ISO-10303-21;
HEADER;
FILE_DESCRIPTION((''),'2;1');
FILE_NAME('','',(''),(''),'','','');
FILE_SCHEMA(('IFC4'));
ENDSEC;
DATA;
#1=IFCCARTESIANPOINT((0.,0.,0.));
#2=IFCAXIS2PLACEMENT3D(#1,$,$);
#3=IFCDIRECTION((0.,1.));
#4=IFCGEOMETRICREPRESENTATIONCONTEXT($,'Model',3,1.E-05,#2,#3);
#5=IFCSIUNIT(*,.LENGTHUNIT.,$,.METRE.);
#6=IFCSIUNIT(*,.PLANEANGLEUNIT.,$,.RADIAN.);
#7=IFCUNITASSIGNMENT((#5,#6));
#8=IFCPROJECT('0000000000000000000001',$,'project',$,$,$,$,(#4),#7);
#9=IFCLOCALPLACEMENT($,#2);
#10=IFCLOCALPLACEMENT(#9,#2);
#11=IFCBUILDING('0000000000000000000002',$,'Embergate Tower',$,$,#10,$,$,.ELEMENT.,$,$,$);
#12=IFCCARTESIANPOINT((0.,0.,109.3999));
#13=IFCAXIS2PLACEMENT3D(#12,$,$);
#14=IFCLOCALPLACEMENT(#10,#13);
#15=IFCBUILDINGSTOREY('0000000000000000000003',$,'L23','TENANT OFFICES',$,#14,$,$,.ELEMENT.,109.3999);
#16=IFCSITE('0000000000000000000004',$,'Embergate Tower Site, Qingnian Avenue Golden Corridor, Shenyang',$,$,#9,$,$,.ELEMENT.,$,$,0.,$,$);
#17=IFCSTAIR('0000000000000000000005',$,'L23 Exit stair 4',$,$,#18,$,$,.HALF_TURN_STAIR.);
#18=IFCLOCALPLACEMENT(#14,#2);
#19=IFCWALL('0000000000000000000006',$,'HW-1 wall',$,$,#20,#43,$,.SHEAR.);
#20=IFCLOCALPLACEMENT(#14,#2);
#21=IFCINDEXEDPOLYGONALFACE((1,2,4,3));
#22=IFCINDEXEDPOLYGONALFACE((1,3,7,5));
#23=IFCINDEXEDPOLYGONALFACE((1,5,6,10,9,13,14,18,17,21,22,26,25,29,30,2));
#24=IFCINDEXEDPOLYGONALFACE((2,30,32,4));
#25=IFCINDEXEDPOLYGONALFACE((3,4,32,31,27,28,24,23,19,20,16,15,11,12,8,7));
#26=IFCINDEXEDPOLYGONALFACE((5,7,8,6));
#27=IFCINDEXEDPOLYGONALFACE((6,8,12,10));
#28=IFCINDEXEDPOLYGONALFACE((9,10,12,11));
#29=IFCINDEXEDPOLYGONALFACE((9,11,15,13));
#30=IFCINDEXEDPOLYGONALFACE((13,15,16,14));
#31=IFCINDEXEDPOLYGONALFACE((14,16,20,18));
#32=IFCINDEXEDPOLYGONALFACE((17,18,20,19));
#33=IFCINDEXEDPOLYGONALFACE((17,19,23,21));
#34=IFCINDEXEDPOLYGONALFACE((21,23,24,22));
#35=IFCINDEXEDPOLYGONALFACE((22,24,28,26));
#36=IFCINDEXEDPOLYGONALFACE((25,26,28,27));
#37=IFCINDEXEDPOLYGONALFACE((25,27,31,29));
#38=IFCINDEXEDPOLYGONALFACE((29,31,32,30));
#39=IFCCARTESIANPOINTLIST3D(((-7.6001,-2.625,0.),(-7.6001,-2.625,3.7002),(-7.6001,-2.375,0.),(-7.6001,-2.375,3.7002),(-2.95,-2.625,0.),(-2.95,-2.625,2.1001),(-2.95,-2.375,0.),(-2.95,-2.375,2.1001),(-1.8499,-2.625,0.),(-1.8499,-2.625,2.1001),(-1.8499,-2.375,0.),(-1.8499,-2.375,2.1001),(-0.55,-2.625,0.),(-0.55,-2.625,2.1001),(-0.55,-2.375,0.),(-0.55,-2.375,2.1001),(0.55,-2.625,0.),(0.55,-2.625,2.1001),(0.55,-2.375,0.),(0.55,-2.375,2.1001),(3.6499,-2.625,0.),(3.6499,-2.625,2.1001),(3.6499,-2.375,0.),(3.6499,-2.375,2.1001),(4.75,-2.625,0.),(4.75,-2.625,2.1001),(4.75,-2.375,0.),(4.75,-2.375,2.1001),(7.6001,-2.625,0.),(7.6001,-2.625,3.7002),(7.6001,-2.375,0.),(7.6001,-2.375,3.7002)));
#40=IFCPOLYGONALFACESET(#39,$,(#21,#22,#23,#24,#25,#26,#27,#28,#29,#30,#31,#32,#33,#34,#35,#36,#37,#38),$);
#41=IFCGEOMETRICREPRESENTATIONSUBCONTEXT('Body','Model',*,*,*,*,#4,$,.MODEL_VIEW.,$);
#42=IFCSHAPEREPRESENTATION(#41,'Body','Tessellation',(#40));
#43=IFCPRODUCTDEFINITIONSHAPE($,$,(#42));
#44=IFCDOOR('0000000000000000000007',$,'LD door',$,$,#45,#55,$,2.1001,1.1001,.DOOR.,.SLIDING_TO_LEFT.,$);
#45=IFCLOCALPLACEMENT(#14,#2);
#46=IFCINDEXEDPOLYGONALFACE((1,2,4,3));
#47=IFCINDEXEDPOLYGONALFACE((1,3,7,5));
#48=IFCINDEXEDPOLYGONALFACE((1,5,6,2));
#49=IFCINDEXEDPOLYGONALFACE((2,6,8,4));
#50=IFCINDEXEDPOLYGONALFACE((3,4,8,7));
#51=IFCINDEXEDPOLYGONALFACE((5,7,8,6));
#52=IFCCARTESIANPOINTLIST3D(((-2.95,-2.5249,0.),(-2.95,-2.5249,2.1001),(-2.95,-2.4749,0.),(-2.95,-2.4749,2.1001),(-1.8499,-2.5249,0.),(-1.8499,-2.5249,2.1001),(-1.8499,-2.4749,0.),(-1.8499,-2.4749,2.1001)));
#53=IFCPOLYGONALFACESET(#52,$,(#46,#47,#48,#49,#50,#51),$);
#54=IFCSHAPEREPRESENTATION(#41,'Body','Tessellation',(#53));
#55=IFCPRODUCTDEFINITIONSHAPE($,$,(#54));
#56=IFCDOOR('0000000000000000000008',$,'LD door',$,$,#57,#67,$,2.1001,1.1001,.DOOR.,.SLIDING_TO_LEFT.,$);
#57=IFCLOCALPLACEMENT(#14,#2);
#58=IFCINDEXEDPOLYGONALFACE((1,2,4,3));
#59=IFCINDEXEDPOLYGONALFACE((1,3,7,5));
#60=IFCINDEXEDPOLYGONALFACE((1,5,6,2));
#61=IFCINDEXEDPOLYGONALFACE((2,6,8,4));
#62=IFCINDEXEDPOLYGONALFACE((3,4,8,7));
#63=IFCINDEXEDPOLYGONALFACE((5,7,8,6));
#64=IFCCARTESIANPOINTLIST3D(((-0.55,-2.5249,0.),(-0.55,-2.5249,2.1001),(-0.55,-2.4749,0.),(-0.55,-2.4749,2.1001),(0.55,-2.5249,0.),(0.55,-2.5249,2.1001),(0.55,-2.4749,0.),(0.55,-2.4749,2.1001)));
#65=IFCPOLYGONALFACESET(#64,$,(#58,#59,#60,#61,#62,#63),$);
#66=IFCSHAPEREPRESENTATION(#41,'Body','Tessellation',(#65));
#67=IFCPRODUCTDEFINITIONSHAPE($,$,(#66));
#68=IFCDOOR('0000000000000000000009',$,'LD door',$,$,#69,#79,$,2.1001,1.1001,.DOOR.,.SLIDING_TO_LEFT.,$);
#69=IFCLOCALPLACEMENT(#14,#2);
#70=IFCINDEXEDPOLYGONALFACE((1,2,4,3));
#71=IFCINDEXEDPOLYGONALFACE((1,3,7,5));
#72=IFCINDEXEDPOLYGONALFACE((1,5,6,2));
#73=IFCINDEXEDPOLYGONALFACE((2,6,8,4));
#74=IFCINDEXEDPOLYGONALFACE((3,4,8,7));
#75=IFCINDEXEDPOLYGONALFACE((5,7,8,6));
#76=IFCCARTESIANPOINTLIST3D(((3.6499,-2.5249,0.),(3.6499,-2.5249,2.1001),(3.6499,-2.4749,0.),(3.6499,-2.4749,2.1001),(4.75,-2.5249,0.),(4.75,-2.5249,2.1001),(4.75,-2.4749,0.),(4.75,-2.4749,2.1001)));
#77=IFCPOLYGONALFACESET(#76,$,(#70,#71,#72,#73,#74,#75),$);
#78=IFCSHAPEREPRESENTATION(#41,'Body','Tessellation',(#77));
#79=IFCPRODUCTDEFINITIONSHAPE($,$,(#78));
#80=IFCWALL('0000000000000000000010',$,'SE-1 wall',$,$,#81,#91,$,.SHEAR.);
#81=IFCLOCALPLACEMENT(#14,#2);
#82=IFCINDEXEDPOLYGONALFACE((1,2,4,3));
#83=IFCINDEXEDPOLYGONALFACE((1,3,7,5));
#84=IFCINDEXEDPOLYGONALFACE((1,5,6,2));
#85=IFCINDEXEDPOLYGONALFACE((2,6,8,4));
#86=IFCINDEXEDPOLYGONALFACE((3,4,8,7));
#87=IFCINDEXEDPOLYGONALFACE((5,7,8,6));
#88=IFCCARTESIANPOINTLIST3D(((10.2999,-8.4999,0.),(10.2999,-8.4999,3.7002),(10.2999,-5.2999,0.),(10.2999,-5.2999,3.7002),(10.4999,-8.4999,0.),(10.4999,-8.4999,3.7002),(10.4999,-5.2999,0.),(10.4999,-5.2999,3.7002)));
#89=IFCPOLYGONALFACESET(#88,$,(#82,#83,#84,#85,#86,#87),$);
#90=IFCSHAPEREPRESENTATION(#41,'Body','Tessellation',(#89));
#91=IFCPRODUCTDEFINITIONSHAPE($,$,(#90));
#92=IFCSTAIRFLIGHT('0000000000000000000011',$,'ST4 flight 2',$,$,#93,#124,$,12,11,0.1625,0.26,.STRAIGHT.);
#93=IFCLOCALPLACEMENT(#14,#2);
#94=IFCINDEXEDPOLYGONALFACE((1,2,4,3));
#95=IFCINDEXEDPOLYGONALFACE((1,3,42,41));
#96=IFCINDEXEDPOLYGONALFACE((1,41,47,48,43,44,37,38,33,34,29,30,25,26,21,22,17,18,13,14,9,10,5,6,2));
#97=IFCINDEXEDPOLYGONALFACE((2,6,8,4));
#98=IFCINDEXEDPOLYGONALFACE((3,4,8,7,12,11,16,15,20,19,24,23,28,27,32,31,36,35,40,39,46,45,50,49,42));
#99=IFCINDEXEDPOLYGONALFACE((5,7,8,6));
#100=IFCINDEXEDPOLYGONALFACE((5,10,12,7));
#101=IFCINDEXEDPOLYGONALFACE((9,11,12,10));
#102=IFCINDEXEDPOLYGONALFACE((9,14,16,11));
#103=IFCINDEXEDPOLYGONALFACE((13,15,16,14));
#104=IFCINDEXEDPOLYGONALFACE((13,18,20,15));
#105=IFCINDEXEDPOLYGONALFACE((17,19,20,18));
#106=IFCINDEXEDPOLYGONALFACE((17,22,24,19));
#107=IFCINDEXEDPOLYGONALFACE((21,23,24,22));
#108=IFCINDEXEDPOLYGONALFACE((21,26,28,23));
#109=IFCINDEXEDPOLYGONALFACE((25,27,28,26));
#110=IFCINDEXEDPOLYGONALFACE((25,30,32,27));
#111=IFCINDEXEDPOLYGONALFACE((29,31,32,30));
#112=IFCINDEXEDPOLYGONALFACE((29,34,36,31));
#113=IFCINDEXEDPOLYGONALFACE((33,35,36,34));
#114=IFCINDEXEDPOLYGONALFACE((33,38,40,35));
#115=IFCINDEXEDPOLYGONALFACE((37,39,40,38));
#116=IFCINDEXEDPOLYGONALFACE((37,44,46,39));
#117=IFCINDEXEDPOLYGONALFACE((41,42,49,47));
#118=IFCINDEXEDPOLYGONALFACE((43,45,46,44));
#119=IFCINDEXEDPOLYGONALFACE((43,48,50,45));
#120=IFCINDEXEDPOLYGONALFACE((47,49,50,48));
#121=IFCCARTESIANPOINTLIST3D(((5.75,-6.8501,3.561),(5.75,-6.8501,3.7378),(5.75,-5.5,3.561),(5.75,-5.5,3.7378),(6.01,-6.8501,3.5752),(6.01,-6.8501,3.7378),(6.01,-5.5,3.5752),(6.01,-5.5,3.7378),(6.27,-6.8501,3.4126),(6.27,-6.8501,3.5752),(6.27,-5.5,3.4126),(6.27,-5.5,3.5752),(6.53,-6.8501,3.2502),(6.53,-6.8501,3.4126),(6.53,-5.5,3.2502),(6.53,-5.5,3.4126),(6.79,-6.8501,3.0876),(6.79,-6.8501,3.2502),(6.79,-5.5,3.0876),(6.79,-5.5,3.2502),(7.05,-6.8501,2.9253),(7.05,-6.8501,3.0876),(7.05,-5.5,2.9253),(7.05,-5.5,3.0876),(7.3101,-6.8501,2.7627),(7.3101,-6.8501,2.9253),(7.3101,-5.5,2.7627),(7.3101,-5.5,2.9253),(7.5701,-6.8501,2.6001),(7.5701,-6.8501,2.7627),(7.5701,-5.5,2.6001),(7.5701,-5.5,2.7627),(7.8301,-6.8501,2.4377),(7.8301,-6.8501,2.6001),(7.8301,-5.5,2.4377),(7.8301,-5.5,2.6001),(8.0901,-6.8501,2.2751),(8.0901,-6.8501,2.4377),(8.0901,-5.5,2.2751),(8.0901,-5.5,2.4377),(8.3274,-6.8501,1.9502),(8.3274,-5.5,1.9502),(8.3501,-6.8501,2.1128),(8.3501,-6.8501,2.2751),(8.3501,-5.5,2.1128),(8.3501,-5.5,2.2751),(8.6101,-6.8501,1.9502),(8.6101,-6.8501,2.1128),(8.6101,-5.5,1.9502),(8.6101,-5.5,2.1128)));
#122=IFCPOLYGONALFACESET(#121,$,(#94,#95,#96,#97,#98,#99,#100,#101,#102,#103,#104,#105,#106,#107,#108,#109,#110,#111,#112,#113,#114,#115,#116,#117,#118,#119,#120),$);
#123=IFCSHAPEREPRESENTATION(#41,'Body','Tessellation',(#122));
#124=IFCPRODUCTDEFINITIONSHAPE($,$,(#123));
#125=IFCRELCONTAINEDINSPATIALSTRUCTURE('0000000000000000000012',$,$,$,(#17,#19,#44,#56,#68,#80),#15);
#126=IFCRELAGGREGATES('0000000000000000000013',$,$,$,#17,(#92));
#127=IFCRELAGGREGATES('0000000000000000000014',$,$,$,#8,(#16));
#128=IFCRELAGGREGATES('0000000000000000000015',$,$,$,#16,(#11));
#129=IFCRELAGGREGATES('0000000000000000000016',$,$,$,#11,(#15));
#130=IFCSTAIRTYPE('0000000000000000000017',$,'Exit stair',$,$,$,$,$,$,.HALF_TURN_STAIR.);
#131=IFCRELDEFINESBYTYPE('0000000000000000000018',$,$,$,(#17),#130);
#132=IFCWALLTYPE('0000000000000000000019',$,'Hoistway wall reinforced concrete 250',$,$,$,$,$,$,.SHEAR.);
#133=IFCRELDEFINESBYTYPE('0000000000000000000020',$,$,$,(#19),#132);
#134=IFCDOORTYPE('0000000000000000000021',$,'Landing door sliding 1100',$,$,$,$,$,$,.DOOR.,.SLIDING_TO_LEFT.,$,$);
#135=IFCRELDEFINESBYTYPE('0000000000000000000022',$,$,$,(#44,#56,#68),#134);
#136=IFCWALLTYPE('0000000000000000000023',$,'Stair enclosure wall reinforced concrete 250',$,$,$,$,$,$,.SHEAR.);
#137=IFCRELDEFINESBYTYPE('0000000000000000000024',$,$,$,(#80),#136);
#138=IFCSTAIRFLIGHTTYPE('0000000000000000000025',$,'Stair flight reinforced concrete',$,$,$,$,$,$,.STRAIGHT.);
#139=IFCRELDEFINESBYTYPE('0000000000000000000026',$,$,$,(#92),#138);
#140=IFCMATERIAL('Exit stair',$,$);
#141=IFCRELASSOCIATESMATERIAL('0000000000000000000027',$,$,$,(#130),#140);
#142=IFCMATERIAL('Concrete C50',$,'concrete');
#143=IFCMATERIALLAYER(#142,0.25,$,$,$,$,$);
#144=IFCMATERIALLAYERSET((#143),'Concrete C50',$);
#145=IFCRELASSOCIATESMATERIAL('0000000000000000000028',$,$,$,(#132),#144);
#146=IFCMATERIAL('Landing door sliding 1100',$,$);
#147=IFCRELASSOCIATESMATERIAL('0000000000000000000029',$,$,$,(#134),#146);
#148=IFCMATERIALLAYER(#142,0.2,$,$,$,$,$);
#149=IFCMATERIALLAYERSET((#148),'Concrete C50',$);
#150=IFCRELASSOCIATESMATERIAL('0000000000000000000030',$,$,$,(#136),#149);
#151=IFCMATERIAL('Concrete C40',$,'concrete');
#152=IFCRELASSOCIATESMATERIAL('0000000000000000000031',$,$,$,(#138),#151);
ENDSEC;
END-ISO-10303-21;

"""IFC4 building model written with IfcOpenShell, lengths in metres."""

from ifc_helpers import new_model, si_unit, direction, frame, frame_2d, origin, place, context, subcontext, project, spatial, polyline, rectangle, outline, extrude, source, transform, mapped, material, layer, layer_set, type_object, element, fill, aggregate, save


model = new_model("IFC4")

# Units and contexts
model_context = context("Model", 3, precision=1e-05, world=origin(), true_north=direction((0.0, 1.0)))
body_context = subcontext(model_context, "Body", "Model", "MODEL_VIEW")
ifc_project = project(units=[si_unit("LENGTHUNIT", "METRE"), si_unit("PLANEANGLEUNIT", "RADIAN")], contexts=[model_context])

# Site, building, storey
site_placement = place(None, origin())
site = spatial("IfcSite", under=ifc_project, at=site_placement, Name="Embergate Tower Site, Qingnian Avenue Golden Corridor, Shenyang", CompositionType="ELEMENT", RefElevation=0.0)
building_placement = place(site_placement, origin())
building = spatial("IfcBuilding", under=site, at=building_placement, Name="Embergate Tower", CompositionType="ELEMENT")
storey_placement = place(building_placement, frame((0.0, 0.0, 109.3999)))
storey = spatial("IfcBuildingStorey", under=building, at=storey_placement, Name="L23", Description="TENANT OFFICES", CompositionType="ELEMENT", Elevation=109.3999)

# Stair
ifc_material_1 = material(Name="Exit stair")
stair_type = type_object("IfcStairType", Name="Exit stair", PredefinedType="HALF_TURN_STAIR", material=ifc_material_1)
stair_placement = place(storey_placement, origin())
stair = element("IfcStair", 1, at=stair_placement, inside=storey, type_object=stair_type, Name="L23 Exit stair 4", PredefinedType="HALF_TURN_STAIR")
ifc_material_2 = material(Name="Concrete C40", Category="concrete")

# Shared definitions
ifc_material_3 = material(Name="Concrete C50", Category="concrete")
ifc_layer_1 = layer(ifc_material_3, 0.25)
ifc_layer_set_1 = layer_set([ifc_layer_1], Name="Concrete C50")
wall_type_1 = type_object("IfcWallType", Name="Hoistway wall reinforced concrete 250", PredefinedType="SHEAR", material=ifc_layer_set_1)

# Wall, openings, doors
shared_shape_1 = source(origin(), body_context, "Body", "SweptSolid", [
    extrude(rectangle(XDim=15.2002, YDim=0.25, at=frame_2d((7.6001, 0.0))), origin(), (0.0, 0.0, 1.0), 3.7002),
])
wall_1_placement = place(storey_placement, frame((7.6001, -2.5, 0.0), z_axis=(0.0, 0.0, 1.0), x_axis=(-1.0, 0.0, 0.0)))
wall_1 = element("IfcWall", 2, at=wall_1_placement, inside=storey, type_object=wall_type_1, Name="HW-1 wall", PredefinedType="SHEAR", context=body_context, shape_type="MappedRepresentation", body=[
    mapped(shared_shape_1, transform((0.0, 0.0, 0.0))),
])
shared_shape_2 = source(origin(), body_context, "Body", "SweptSolid", [
    extrude(rectangle(XDim=1.1001, YDim=2.1001, at=frame_2d((0.55, 1.05))), frame((0.0, 0.135, 0.0), z_axis=(0.0, -1.0, 0.0), x_axis=(1.0, 0.0, 0.0)), (0.0, 0.0, 1.0), 0.27),
])
opening_1_placement = place(wall_1_placement, frame((9.45, 0.0, 0.0)))
opening_1 = element("IfcOpeningElement", 3, at=opening_1_placement, cuts=wall_1, PredefinedType="OPENING", context=body_context, shape_type="MappedRepresentation", body=[
    mapped(shared_shape_2, transform((0.0, 0.0, 0.0))),
])
opening_2_placement = place(wall_1_placement, frame((7.05, 0.0, 0.0)))
opening_2 = element("IfcOpeningElement", 4, at=opening_2_placement, cuts=wall_1, PredefinedType="OPENING", context=body_context, shape_type="MappedRepresentation", body=[
    mapped(shared_shape_2, transform((0.0, 0.0, 0.0))),
])
opening_3_placement = place(wall_1_placement, frame((2.8501, 0.0, 0.0)))
opening_3 = element("IfcOpeningElement", 5, at=opening_3_placement, cuts=wall_1, PredefinedType="OPENING", context=body_context, shape_type="MappedRepresentation", body=[
    mapped(shared_shape_2, transform((0.0, 0.0, 0.0))),
])
ifc_material_4 = material(Name="Landing door sliding 1100")
door_type_1 = type_object("IfcDoorType", Name="Landing door sliding 1100", OperationType="SLIDING_TO_LEFT", PredefinedType="DOOR", material=ifc_material_4)
shared_shape_3 = source(origin(), body_context, "Body", "SweptSolid", [
    extrude(rectangle(XDim=1.1001, YDim=2.1001, at=frame_2d((0.55, 1.05))), frame((0.0, 0.0249, 0.0), z_axis=(0.0, -1.0, 0.0), x_axis=(1.0, 0.0, 0.0)), (0.0, 0.0, 1.0), 0.05),
])
door_1_placement = place(opening_1_placement, origin())
door_1 = element("IfcDoor", 6, at=door_1_placement, inside=storey, type_object=door_type_1, Name="LD door", OperationType="SLIDING_TO_LEFT", OverallHeight=2.1001, OverallWidth=1.1001, PredefinedType="DOOR", context=body_context, shape_type="MappedRepresentation", body=[
    mapped(shared_shape_3, transform((0.0, 0.0, 0.0))),
])
fill(opening_1, door_1)
door_2_placement = place(opening_2_placement, origin())
door_2 = element("IfcDoor", 7, at=door_2_placement, inside=storey, type_object=door_type_1, Name="LD door", OperationType="SLIDING_TO_LEFT", OverallHeight=2.1001, OverallWidth=1.1001, PredefinedType="DOOR", context=body_context, shape_type="MappedRepresentation", body=[
    mapped(shared_shape_3, transform((0.0, 0.0, 0.0))),
])
fill(opening_2, door_2)
door_3_placement = place(opening_3_placement, origin())
door_3 = element("IfcDoor", 8, at=door_3_placement, inside=storey, type_object=door_type_1, Name="LD door", OperationType="SLIDING_TO_LEFT", OverallHeight=2.1001, OverallWidth=1.1001, PredefinedType="DOOR", context=body_context, shape_type="MappedRepresentation", body=[
    mapped(shared_shape_3, transform((0.0, 0.0, 0.0))),
])
fill(opening_3, door_3)

# Wall
ifc_layer_2 = layer(ifc_material_3, 0.2)
ifc_layer_set_2 = layer_set([ifc_layer_2], Name="Concrete C50")
wall_type_2 = type_object("IfcWallType", Name="Stair enclosure wall reinforced concrete 250", PredefinedType="SHEAR", material=ifc_layer_set_2)
shared_shape_4 = source(origin(), body_context, "Body", "SweptSolid", [
    extrude(rectangle(XDim=3.2, YDim=0.2, at=frame_2d((1.6001, 0.0))), origin(), (0.0, 0.0, 1.0), 3.7002),
])
wall_2_placement = place(storey_placement, frame((10.3999, -8.5, 0.0), z_axis=(0.0, 0.0, 1.0), x_axis=(0.0, 1.0, 0.0)))
element("IfcWall", 9, at=wall_2_placement, inside=storey, type_object=wall_type_2, Name="SE-1 wall", PredefinedType="SHEAR", context=body_context, shape_type="MappedRepresentation", body=[
    mapped(shared_shape_4, transform((0.0, 0.0, 0.0))),
])

# Stair flight
stair_flight_type = type_object("IfcStairFlightType", Name="Stair flight reinforced concrete", PredefinedType="STRAIGHT", material=ifc_material_2)
shared_shape_5 = source(origin(), body_context, "Body", "SweptSolid", [
    extrude(outline(polyline([(0.0, 0.0), (0.0, 0.1626), (0.26, 0.1626), (0.26, 0.325), (0.52, 0.325), (0.52, 0.4875), (0.78, 0.4875), (0.78, 0.6499), (1.04, 0.6499), (1.04, 0.8125), (1.3, 0.8125), (1.3, 0.9751), (1.5601, 0.9751), (1.5601, 1.1375), (1.8201, 1.1375), (1.8201, 1.3), (2.0801, 1.3), (2.0801, 1.4624), (2.3401, 1.4624), (2.3401, 1.625), (2.6001, 1.625), (2.6001, 1.7876), (2.8601, 1.7876), (2.8601, 1.95), (2.8601, 1.6108), (0.2827, 0.0), (0.0, 0.0)])), frame((0.0, 0.675, 0.0), z_axis=(0.0, -1.0, 0.0), x_axis=(1.0, 0.0, 0.0)), (0.0, 0.0, 1.0), 1.3501),
])
stair_flight_placement = place(storey_placement, frame((8.6101, -6.175, 1.9502), z_axis=(0.0, 0.0, 1.0), x_axis=(-1.0, 0.0, 0.0)))
stair_flight = element("IfcStairFlight", 10, at=stair_flight_placement, type_object=stair_flight_type, Name="ST4 flight 2", NumberOfRisers=12, NumberOfTreads=11, PredefinedType="STRAIGHT", RiserHeight=0.1625, TreadLength=0.26, context=body_context, shape_type="MappedRepresentation", body=[
    mapped(shared_shape_5, transform((0.0, 0.0, 0.0))),
])
aggregate(stair, [stair_flight])

save(model, "model.ifc")
